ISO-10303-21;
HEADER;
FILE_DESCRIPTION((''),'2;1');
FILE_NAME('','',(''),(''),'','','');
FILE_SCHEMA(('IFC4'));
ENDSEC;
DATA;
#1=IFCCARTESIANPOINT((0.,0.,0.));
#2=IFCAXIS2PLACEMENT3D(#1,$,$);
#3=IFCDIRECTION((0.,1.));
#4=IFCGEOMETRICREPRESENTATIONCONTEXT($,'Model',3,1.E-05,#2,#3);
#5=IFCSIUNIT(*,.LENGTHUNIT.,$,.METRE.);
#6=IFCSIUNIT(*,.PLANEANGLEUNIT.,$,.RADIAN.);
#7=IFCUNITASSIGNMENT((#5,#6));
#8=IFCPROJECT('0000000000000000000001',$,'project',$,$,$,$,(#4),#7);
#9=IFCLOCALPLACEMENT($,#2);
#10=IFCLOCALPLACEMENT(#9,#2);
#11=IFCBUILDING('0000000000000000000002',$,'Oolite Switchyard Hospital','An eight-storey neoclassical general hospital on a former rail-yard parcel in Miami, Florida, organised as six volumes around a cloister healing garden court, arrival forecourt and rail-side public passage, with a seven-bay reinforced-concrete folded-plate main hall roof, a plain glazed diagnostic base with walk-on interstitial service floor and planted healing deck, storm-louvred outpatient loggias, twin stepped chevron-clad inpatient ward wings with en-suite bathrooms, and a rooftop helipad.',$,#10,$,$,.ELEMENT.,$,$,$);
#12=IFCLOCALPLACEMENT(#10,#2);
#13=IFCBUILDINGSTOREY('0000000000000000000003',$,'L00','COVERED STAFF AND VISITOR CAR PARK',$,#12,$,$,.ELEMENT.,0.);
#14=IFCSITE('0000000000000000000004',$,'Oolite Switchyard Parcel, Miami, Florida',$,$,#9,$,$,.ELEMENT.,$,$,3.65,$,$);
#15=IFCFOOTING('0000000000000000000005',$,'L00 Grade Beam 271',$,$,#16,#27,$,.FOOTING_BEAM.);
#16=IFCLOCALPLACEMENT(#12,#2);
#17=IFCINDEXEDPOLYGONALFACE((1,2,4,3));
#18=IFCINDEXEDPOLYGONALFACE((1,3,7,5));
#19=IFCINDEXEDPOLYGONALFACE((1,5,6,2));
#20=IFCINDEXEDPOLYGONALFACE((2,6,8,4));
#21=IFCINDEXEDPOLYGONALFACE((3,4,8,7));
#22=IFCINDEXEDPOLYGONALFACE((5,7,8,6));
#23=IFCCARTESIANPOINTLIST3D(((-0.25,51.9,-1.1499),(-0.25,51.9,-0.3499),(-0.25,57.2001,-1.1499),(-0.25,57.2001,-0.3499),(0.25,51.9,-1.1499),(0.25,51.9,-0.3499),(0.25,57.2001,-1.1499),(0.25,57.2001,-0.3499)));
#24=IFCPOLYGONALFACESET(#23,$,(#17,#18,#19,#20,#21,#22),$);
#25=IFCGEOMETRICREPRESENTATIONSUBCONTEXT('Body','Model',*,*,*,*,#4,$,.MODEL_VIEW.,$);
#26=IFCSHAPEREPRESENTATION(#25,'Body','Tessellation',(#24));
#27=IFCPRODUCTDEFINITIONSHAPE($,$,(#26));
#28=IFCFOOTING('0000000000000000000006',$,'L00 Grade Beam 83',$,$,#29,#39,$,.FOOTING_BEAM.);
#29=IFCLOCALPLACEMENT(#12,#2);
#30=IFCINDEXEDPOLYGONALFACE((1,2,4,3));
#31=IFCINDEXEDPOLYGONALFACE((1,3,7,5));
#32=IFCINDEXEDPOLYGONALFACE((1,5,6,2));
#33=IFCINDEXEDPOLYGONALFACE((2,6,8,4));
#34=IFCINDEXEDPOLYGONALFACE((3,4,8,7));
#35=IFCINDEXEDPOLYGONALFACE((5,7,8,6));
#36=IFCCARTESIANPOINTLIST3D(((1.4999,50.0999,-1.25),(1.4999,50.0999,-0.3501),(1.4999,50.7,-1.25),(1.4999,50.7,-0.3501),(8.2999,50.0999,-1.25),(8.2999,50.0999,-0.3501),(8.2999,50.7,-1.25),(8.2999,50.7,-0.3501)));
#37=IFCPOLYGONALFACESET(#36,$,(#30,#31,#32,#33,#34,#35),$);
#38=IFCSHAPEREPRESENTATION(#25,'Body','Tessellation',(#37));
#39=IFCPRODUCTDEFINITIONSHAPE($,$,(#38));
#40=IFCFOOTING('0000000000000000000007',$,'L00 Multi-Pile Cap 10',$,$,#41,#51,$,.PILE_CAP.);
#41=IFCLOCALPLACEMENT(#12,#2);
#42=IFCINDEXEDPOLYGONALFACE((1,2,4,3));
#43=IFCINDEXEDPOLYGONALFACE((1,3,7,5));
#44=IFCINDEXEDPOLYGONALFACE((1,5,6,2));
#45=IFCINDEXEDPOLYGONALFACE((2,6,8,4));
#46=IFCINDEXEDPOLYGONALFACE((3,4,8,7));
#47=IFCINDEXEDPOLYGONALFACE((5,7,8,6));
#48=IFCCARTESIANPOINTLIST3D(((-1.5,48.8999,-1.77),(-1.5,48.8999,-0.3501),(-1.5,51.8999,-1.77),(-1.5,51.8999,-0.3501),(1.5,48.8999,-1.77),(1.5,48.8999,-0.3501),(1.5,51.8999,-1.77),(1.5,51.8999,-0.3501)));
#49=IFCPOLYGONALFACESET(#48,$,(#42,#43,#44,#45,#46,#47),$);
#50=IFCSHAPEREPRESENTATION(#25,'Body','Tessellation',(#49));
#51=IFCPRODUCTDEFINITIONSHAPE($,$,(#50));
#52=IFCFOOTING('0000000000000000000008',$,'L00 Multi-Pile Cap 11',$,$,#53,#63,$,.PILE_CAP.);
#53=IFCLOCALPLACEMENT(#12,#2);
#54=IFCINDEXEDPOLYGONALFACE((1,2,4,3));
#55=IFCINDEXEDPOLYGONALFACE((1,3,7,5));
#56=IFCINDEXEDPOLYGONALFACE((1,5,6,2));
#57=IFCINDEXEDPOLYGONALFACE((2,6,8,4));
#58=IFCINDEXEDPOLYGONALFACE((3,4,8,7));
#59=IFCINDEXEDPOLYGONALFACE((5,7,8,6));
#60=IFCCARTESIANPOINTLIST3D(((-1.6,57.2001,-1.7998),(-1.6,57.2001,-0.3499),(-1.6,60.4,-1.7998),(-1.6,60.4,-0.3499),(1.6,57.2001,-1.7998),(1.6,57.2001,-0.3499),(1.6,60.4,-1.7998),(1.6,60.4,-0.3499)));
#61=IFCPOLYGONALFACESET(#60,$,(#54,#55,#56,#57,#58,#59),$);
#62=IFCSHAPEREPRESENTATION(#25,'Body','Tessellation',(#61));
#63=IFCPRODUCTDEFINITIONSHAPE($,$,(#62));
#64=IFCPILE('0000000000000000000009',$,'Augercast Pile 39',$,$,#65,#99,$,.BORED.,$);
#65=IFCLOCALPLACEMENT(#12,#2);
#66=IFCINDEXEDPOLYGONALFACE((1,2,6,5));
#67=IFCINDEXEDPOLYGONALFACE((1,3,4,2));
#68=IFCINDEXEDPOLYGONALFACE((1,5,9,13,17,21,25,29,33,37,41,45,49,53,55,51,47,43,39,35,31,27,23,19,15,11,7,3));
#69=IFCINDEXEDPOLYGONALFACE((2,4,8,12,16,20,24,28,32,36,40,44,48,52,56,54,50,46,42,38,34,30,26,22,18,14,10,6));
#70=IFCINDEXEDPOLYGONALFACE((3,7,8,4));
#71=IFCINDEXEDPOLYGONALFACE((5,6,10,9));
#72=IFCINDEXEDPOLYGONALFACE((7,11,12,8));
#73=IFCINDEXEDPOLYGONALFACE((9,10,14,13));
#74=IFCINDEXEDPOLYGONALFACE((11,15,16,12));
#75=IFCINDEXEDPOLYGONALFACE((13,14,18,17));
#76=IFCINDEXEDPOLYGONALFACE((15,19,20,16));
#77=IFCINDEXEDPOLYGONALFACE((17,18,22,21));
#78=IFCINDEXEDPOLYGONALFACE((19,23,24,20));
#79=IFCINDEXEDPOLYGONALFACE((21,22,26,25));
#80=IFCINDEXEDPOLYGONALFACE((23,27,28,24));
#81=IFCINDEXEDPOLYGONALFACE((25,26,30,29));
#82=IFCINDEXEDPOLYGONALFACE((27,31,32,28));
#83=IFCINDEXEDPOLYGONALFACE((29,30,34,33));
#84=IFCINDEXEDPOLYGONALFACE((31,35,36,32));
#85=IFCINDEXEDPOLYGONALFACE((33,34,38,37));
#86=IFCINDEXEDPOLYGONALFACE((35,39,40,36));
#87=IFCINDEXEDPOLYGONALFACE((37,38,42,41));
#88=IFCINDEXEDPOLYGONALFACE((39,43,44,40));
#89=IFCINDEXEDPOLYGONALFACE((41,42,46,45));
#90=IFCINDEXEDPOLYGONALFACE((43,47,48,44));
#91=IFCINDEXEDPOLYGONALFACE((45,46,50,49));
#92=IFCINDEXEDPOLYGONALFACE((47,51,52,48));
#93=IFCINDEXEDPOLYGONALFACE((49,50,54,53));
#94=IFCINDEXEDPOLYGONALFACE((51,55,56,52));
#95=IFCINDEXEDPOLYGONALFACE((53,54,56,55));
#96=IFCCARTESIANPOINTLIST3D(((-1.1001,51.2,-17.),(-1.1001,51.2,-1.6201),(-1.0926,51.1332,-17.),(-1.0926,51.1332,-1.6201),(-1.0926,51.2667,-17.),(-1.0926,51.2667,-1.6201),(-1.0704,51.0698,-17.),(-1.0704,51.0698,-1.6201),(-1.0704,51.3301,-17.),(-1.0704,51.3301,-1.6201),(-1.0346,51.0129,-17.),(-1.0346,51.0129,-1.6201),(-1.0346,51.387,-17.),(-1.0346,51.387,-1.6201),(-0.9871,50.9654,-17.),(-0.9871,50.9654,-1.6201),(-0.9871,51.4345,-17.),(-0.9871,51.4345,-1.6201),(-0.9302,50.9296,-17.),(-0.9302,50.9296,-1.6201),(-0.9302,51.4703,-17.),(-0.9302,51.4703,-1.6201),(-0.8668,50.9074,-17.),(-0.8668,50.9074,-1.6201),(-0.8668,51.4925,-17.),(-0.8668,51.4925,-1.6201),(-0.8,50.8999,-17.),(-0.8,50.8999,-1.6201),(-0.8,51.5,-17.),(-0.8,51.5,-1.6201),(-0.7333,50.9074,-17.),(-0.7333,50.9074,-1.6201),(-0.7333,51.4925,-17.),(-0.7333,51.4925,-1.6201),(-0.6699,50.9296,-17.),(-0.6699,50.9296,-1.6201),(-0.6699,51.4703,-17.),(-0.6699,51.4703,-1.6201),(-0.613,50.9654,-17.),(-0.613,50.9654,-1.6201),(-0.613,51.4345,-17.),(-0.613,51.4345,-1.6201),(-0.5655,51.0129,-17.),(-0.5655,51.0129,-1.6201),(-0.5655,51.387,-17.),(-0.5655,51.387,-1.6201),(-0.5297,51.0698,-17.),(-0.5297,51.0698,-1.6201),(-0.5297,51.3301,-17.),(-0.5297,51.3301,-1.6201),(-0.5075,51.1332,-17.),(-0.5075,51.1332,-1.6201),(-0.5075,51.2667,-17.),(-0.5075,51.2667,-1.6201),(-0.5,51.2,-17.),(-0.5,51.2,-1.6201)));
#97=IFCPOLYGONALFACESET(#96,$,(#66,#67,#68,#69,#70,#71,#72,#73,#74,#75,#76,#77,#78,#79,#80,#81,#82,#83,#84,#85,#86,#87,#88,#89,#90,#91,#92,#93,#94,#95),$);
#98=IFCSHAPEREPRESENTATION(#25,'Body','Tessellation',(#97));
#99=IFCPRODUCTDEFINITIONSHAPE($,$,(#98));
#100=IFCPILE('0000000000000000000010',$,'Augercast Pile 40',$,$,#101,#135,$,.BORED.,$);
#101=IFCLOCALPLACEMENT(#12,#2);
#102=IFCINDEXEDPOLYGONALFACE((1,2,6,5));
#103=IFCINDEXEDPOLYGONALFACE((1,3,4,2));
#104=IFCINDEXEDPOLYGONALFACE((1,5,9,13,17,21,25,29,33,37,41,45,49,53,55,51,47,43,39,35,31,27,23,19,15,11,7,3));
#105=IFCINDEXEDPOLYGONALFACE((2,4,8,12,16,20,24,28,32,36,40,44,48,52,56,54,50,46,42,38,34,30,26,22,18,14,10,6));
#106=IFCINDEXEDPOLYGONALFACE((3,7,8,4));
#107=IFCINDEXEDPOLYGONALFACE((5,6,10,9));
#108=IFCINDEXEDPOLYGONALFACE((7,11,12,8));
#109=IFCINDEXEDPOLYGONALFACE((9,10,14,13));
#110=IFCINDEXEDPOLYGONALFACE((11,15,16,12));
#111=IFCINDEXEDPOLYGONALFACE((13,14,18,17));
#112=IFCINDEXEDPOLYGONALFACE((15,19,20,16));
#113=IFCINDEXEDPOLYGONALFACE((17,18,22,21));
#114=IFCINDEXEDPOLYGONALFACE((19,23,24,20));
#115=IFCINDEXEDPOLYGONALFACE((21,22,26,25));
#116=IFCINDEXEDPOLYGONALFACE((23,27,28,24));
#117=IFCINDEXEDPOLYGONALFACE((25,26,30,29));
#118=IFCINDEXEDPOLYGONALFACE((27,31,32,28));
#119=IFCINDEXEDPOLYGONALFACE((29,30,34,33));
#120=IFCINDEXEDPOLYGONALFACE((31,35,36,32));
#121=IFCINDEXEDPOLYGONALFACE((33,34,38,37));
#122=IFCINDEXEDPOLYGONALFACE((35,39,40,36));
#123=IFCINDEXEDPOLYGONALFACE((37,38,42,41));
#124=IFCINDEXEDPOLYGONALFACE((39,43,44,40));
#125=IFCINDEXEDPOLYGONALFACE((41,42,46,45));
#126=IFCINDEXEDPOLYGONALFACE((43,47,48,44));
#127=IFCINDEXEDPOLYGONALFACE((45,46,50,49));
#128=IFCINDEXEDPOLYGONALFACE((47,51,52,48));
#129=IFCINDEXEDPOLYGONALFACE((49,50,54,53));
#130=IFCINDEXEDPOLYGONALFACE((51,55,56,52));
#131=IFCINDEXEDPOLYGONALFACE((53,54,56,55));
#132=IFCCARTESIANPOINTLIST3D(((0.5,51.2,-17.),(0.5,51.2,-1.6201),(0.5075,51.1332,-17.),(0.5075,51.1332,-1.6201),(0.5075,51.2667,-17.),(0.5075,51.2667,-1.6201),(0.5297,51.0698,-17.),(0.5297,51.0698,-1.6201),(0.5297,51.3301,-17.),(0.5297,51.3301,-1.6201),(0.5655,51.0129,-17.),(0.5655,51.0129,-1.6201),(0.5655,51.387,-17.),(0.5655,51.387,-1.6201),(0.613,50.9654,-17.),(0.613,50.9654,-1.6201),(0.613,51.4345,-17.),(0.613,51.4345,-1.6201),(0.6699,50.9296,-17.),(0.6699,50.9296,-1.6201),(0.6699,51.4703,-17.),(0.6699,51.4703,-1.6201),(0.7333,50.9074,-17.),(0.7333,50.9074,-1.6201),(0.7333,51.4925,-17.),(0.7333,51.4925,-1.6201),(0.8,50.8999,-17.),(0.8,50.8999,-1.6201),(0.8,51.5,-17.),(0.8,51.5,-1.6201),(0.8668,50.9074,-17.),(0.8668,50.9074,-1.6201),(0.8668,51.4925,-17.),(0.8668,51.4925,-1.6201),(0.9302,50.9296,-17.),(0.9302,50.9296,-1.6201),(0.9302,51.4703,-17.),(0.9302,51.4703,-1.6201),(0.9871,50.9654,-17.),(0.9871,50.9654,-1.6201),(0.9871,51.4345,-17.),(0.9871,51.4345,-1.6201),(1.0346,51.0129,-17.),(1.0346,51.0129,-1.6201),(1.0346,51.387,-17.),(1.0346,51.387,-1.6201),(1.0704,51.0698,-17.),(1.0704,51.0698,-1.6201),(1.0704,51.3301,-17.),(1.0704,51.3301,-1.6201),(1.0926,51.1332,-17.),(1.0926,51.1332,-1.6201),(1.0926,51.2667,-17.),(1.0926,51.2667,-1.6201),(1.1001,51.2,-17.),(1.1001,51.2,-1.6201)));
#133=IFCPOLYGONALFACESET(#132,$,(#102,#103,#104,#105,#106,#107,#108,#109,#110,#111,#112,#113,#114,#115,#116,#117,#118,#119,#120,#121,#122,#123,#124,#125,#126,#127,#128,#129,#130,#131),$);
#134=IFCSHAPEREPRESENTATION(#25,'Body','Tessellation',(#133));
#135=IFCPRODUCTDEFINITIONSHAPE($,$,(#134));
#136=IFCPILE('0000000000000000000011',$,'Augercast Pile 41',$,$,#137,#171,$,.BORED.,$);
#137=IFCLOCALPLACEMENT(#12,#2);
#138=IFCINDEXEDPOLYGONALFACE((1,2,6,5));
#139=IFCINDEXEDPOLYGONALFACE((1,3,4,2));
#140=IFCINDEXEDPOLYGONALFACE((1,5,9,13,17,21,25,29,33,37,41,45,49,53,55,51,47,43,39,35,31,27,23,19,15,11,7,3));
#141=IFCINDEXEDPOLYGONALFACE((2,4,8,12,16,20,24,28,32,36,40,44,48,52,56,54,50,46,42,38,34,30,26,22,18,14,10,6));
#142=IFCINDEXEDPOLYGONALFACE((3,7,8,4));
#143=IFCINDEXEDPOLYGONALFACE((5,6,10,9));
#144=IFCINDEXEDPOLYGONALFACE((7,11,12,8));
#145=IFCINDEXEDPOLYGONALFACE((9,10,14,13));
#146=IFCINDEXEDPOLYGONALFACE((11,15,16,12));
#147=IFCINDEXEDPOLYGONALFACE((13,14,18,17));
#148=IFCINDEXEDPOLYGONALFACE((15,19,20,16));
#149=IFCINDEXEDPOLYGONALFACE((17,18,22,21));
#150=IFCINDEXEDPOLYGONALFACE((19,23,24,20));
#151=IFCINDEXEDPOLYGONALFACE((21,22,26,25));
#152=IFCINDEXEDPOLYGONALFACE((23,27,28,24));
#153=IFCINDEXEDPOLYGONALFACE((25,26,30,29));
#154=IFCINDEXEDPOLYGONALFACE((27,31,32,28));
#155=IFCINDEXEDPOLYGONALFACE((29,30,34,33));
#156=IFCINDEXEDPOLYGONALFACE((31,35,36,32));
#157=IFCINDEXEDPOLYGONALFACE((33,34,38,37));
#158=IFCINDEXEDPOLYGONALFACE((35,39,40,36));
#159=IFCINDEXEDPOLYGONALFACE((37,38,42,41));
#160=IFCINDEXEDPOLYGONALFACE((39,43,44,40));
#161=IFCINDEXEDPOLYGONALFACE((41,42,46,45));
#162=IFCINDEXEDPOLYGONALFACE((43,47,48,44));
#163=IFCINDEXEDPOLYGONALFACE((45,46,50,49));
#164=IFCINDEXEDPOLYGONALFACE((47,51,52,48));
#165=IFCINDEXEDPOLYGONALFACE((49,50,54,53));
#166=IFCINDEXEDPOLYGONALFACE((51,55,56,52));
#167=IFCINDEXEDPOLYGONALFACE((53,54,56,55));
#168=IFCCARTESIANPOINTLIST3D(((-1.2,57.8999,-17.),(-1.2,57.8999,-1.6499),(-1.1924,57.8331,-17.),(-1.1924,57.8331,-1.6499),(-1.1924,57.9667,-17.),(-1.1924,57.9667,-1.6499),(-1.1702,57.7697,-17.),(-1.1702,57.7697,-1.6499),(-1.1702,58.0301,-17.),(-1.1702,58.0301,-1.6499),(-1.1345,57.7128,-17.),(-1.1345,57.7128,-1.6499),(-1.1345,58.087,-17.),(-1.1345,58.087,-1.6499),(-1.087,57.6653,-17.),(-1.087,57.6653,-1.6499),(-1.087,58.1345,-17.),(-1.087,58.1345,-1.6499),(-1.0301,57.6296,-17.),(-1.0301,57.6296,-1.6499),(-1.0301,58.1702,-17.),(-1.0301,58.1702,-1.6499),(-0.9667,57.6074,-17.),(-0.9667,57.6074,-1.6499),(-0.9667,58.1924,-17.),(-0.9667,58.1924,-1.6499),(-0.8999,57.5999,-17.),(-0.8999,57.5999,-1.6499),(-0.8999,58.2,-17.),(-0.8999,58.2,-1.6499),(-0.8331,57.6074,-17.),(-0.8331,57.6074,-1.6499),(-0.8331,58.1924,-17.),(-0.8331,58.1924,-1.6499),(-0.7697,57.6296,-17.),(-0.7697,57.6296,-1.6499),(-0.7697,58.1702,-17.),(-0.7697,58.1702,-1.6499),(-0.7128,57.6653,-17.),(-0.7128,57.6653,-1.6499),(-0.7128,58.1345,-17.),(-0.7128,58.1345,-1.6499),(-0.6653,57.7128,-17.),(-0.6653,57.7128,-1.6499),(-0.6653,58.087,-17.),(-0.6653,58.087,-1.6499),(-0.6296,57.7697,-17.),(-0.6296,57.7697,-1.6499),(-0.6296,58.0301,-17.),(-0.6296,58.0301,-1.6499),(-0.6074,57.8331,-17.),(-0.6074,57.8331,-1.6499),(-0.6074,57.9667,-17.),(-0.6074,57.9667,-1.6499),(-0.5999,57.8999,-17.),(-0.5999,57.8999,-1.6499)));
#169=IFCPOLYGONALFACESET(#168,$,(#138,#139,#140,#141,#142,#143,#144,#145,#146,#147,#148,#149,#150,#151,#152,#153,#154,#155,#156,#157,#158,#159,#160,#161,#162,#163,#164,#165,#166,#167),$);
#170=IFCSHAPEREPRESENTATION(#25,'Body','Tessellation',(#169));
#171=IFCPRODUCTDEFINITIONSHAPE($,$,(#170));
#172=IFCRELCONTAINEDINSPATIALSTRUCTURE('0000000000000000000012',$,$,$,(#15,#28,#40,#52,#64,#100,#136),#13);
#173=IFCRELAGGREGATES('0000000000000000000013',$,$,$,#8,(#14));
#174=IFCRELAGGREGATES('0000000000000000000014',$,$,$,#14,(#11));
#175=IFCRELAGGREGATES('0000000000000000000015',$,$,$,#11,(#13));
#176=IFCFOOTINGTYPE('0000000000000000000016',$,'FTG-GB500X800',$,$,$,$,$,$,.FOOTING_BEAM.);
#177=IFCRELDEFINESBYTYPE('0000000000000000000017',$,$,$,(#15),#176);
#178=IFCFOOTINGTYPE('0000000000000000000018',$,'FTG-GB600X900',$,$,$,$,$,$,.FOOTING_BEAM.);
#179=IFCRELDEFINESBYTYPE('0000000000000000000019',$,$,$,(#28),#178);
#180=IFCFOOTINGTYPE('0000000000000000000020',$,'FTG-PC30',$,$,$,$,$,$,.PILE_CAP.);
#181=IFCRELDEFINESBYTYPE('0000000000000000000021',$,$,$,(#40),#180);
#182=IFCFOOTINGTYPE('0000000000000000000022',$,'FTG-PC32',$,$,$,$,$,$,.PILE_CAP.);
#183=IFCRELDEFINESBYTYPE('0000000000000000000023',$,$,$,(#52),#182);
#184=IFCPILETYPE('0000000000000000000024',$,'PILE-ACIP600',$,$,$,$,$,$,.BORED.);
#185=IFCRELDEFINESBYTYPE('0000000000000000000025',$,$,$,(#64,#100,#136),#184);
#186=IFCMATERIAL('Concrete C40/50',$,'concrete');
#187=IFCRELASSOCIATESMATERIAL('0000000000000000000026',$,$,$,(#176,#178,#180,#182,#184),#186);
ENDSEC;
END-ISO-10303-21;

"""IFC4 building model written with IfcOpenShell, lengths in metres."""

from ifc_helpers import new_model, si_unit, direction, frame, origin, origin_2d, place, context, subcontext, project, spatial, rectangle, circle, extrude, material, material_profile, profile_set, type_object, element, save


model = new_model("IFC4")

# Units and contexts
model_context = context("Model", 3, precision=1e-05, world=origin(), true_north=direction((0.0, 1.0)))
body_context = subcontext(model_context, "Body", "Model", "MODEL_VIEW")
ifc_project = project(units=[si_unit("LENGTHUNIT", "METRE"), si_unit("PLANEANGLEUNIT", "RADIAN")], contexts=[model_context])

# Site, building, storey
site_placement = place(None, origin())
site = spatial("IfcSite", under=ifc_project, at=site_placement, Name="Oolite Switchyard Parcel, Miami, Florida", CompositionType="ELEMENT", RefElevation=3.65)
building_placement = place(site_placement, origin())
building = spatial("IfcBuilding", under=site, at=building_placement, Name="Oolite Switchyard Hospital", Description="An eight-storey neoclassical general hospital on a former rail-yard parcel in Miami, Florida, organised as six volumes around a cloister healing garden court, arrival forecourt and rail-side public passage, with a seven-bay reinforced-concrete folded-plate main hall roof, a plain glazed diagnostic base with walk-on interstitial service floor and planted healing deck, storm-louvred outpatient loggias, twin stepped chevron-clad inpatient ward wings with en-suite bathrooms, and a rooftop helipad.", CompositionType="ELEMENT")
storey_placement = place(building_placement, origin())
storey = spatial("IfcBuildingStorey", under=building, at=storey_placement, Name="L00", Description="COVERED STAFF AND VISITOR CAR PARK", CompositionType="ELEMENT", Elevation=0.0)

# Footings
ifc_material_1 = material(Name="Concrete C40/50", Category="concrete")
footing_type_1 = type_object("IfcFootingType", Name="FTG-GB500X800", PredefinedType="FOOTING_BEAM", material=ifc_material_1)
footing_1_placement = place(storey_placement, frame((0.0, 54.55, -1.1499), z_axis=(0.0, 0.0, 1.0), x_axis=(0.0, 1.0, 0.0)))
element("IfcFooting", 1, at=footing_1_placement, inside=storey, type_object=footing_type_1, Name="L00 Grade Beam 271", PredefinedType="FOOTING_BEAM", context=body_context, shape_type="SweptSolid", body=[
    extrude(rectangle(XDim=5.3, YDim=0.5, at=origin_2d()), origin(), (0.0, 0.0, 1.0), 0.8),
])
footing_type_2 = type_object("IfcFootingType", Name="FTG-GB600X900", PredefinedType="FOOTING_BEAM", material=ifc_material_1)
footing_2_placement = place(storey_placement, frame((4.8999, 50.3999, -1.25), z_axis=(0.0, 0.0, 1.0), x_axis=(1.0, 0.0, 0.0)))
element("IfcFooting", 2, at=footing_2_placement, inside=storey, type_object=footing_type_2, Name="L00 Grade Beam 83", PredefinedType="FOOTING_BEAM", context=body_context, shape_type="SweptSolid", body=[
    extrude(rectangle(XDim=6.8, YDim=0.6001, at=origin_2d()), origin(), (0.0, 0.0, 1.0), 0.8999),
])
footing_type_3 = type_object("IfcFootingType", Name="FTG-PC30", PredefinedType="PILE_CAP", material=ifc_material_1)
footing_3_placement = place(storey_placement, frame((0.0, 50.3999, -1.77), z_axis=(0.0, 0.0, 1.0), x_axis=(1.0, 0.0, 0.0)))
element("IfcFooting", 3, at=footing_3_placement, inside=storey, type_object=footing_type_3, Name="L00 Multi-Pile Cap 10", PredefinedType="PILE_CAP", context=body_context, shape_type="SweptSolid", body=[
    extrude(rectangle(XDim=3.0, YDim=3.0, at=origin_2d()), origin(), (0.0, 0.0, 1.0), 1.4199),
])
footing_type_4 = type_object("IfcFootingType", Name="FTG-PC32", PredefinedType="PILE_CAP", material=ifc_material_1)
footing_4_placement = place(storey_placement, frame((0.0, 58.8, -1.7998), z_axis=(0.0, 0.0, 1.0), x_axis=(1.0, 0.0, 0.0)))
element("IfcFooting", 4, at=footing_4_placement, inside=storey, type_object=footing_type_4, Name="L00 Multi-Pile Cap 11", PredefinedType="PILE_CAP", context=body_context, shape_type="SweptSolid", body=[
    extrude(rectangle(XDim=3.2, YDim=3.2, at=origin_2d()), origin(), (0.0, 0.0, 1.0), 1.45),
])

# Piles
ifc_material_profile_1 = material_profile(ifc_material_1, circle(Radius=0.3, at=origin_2d()), Name="PILE600")
ifc_profile_set_1 = profile_set([ifc_material_profile_1], Name="Concrete C40/50")
pile_type = type_object("IfcPileType", Name="PILE-ACIP600", PredefinedType="BORED", material=ifc_profile_set_1)
for number, where, z_axis, x_axis, name in (
    (5, (-0.8, 51.2, -1.6201), (0.0, 0.0, -1.0), (1.0, 0.0, 0.0), "Augercast Pile 39"),
    (6, (0.8, 51.2, -1.6201), (0.0, 0.0, -1.0), (1.0, 0.0, 0.0), "Augercast Pile 40"),
):
    element("IfcPile", number, at=place(storey_placement, frame(where, z_axis=z_axis, x_axis=x_axis)), inside=storey, type_object=pile_type, Name=name, PredefinedType="BORED", context=body_context, shape_type="SweptSolid", body=[
        extrude(circle(Radius=0.3, at=origin_2d()), origin(), (0.0, 0.0, 1.0), 15.3799),
    ])
for number, where, z_axis, x_axis, name in (
    (7, (-0.8999, 57.8999, -1.6499), (0.0, 0.0, -1.0), (1.0, 0.0, 0.0), "Augercast Pile 41"),
):
    element("IfcPile", number, at=place(storey_placement, frame(where, z_axis=z_axis, x_axis=x_axis)), inside=storey, type_object=pile_type, Name=name, PredefinedType="BORED", context=body_context, shape_type="SweptSolid", body=[
        extrude(circle(Radius=0.3, at=origin_2d()), origin(), (0.0, 0.0, 1.0), 15.3501),
    ])

save(model, "model.ifc")
